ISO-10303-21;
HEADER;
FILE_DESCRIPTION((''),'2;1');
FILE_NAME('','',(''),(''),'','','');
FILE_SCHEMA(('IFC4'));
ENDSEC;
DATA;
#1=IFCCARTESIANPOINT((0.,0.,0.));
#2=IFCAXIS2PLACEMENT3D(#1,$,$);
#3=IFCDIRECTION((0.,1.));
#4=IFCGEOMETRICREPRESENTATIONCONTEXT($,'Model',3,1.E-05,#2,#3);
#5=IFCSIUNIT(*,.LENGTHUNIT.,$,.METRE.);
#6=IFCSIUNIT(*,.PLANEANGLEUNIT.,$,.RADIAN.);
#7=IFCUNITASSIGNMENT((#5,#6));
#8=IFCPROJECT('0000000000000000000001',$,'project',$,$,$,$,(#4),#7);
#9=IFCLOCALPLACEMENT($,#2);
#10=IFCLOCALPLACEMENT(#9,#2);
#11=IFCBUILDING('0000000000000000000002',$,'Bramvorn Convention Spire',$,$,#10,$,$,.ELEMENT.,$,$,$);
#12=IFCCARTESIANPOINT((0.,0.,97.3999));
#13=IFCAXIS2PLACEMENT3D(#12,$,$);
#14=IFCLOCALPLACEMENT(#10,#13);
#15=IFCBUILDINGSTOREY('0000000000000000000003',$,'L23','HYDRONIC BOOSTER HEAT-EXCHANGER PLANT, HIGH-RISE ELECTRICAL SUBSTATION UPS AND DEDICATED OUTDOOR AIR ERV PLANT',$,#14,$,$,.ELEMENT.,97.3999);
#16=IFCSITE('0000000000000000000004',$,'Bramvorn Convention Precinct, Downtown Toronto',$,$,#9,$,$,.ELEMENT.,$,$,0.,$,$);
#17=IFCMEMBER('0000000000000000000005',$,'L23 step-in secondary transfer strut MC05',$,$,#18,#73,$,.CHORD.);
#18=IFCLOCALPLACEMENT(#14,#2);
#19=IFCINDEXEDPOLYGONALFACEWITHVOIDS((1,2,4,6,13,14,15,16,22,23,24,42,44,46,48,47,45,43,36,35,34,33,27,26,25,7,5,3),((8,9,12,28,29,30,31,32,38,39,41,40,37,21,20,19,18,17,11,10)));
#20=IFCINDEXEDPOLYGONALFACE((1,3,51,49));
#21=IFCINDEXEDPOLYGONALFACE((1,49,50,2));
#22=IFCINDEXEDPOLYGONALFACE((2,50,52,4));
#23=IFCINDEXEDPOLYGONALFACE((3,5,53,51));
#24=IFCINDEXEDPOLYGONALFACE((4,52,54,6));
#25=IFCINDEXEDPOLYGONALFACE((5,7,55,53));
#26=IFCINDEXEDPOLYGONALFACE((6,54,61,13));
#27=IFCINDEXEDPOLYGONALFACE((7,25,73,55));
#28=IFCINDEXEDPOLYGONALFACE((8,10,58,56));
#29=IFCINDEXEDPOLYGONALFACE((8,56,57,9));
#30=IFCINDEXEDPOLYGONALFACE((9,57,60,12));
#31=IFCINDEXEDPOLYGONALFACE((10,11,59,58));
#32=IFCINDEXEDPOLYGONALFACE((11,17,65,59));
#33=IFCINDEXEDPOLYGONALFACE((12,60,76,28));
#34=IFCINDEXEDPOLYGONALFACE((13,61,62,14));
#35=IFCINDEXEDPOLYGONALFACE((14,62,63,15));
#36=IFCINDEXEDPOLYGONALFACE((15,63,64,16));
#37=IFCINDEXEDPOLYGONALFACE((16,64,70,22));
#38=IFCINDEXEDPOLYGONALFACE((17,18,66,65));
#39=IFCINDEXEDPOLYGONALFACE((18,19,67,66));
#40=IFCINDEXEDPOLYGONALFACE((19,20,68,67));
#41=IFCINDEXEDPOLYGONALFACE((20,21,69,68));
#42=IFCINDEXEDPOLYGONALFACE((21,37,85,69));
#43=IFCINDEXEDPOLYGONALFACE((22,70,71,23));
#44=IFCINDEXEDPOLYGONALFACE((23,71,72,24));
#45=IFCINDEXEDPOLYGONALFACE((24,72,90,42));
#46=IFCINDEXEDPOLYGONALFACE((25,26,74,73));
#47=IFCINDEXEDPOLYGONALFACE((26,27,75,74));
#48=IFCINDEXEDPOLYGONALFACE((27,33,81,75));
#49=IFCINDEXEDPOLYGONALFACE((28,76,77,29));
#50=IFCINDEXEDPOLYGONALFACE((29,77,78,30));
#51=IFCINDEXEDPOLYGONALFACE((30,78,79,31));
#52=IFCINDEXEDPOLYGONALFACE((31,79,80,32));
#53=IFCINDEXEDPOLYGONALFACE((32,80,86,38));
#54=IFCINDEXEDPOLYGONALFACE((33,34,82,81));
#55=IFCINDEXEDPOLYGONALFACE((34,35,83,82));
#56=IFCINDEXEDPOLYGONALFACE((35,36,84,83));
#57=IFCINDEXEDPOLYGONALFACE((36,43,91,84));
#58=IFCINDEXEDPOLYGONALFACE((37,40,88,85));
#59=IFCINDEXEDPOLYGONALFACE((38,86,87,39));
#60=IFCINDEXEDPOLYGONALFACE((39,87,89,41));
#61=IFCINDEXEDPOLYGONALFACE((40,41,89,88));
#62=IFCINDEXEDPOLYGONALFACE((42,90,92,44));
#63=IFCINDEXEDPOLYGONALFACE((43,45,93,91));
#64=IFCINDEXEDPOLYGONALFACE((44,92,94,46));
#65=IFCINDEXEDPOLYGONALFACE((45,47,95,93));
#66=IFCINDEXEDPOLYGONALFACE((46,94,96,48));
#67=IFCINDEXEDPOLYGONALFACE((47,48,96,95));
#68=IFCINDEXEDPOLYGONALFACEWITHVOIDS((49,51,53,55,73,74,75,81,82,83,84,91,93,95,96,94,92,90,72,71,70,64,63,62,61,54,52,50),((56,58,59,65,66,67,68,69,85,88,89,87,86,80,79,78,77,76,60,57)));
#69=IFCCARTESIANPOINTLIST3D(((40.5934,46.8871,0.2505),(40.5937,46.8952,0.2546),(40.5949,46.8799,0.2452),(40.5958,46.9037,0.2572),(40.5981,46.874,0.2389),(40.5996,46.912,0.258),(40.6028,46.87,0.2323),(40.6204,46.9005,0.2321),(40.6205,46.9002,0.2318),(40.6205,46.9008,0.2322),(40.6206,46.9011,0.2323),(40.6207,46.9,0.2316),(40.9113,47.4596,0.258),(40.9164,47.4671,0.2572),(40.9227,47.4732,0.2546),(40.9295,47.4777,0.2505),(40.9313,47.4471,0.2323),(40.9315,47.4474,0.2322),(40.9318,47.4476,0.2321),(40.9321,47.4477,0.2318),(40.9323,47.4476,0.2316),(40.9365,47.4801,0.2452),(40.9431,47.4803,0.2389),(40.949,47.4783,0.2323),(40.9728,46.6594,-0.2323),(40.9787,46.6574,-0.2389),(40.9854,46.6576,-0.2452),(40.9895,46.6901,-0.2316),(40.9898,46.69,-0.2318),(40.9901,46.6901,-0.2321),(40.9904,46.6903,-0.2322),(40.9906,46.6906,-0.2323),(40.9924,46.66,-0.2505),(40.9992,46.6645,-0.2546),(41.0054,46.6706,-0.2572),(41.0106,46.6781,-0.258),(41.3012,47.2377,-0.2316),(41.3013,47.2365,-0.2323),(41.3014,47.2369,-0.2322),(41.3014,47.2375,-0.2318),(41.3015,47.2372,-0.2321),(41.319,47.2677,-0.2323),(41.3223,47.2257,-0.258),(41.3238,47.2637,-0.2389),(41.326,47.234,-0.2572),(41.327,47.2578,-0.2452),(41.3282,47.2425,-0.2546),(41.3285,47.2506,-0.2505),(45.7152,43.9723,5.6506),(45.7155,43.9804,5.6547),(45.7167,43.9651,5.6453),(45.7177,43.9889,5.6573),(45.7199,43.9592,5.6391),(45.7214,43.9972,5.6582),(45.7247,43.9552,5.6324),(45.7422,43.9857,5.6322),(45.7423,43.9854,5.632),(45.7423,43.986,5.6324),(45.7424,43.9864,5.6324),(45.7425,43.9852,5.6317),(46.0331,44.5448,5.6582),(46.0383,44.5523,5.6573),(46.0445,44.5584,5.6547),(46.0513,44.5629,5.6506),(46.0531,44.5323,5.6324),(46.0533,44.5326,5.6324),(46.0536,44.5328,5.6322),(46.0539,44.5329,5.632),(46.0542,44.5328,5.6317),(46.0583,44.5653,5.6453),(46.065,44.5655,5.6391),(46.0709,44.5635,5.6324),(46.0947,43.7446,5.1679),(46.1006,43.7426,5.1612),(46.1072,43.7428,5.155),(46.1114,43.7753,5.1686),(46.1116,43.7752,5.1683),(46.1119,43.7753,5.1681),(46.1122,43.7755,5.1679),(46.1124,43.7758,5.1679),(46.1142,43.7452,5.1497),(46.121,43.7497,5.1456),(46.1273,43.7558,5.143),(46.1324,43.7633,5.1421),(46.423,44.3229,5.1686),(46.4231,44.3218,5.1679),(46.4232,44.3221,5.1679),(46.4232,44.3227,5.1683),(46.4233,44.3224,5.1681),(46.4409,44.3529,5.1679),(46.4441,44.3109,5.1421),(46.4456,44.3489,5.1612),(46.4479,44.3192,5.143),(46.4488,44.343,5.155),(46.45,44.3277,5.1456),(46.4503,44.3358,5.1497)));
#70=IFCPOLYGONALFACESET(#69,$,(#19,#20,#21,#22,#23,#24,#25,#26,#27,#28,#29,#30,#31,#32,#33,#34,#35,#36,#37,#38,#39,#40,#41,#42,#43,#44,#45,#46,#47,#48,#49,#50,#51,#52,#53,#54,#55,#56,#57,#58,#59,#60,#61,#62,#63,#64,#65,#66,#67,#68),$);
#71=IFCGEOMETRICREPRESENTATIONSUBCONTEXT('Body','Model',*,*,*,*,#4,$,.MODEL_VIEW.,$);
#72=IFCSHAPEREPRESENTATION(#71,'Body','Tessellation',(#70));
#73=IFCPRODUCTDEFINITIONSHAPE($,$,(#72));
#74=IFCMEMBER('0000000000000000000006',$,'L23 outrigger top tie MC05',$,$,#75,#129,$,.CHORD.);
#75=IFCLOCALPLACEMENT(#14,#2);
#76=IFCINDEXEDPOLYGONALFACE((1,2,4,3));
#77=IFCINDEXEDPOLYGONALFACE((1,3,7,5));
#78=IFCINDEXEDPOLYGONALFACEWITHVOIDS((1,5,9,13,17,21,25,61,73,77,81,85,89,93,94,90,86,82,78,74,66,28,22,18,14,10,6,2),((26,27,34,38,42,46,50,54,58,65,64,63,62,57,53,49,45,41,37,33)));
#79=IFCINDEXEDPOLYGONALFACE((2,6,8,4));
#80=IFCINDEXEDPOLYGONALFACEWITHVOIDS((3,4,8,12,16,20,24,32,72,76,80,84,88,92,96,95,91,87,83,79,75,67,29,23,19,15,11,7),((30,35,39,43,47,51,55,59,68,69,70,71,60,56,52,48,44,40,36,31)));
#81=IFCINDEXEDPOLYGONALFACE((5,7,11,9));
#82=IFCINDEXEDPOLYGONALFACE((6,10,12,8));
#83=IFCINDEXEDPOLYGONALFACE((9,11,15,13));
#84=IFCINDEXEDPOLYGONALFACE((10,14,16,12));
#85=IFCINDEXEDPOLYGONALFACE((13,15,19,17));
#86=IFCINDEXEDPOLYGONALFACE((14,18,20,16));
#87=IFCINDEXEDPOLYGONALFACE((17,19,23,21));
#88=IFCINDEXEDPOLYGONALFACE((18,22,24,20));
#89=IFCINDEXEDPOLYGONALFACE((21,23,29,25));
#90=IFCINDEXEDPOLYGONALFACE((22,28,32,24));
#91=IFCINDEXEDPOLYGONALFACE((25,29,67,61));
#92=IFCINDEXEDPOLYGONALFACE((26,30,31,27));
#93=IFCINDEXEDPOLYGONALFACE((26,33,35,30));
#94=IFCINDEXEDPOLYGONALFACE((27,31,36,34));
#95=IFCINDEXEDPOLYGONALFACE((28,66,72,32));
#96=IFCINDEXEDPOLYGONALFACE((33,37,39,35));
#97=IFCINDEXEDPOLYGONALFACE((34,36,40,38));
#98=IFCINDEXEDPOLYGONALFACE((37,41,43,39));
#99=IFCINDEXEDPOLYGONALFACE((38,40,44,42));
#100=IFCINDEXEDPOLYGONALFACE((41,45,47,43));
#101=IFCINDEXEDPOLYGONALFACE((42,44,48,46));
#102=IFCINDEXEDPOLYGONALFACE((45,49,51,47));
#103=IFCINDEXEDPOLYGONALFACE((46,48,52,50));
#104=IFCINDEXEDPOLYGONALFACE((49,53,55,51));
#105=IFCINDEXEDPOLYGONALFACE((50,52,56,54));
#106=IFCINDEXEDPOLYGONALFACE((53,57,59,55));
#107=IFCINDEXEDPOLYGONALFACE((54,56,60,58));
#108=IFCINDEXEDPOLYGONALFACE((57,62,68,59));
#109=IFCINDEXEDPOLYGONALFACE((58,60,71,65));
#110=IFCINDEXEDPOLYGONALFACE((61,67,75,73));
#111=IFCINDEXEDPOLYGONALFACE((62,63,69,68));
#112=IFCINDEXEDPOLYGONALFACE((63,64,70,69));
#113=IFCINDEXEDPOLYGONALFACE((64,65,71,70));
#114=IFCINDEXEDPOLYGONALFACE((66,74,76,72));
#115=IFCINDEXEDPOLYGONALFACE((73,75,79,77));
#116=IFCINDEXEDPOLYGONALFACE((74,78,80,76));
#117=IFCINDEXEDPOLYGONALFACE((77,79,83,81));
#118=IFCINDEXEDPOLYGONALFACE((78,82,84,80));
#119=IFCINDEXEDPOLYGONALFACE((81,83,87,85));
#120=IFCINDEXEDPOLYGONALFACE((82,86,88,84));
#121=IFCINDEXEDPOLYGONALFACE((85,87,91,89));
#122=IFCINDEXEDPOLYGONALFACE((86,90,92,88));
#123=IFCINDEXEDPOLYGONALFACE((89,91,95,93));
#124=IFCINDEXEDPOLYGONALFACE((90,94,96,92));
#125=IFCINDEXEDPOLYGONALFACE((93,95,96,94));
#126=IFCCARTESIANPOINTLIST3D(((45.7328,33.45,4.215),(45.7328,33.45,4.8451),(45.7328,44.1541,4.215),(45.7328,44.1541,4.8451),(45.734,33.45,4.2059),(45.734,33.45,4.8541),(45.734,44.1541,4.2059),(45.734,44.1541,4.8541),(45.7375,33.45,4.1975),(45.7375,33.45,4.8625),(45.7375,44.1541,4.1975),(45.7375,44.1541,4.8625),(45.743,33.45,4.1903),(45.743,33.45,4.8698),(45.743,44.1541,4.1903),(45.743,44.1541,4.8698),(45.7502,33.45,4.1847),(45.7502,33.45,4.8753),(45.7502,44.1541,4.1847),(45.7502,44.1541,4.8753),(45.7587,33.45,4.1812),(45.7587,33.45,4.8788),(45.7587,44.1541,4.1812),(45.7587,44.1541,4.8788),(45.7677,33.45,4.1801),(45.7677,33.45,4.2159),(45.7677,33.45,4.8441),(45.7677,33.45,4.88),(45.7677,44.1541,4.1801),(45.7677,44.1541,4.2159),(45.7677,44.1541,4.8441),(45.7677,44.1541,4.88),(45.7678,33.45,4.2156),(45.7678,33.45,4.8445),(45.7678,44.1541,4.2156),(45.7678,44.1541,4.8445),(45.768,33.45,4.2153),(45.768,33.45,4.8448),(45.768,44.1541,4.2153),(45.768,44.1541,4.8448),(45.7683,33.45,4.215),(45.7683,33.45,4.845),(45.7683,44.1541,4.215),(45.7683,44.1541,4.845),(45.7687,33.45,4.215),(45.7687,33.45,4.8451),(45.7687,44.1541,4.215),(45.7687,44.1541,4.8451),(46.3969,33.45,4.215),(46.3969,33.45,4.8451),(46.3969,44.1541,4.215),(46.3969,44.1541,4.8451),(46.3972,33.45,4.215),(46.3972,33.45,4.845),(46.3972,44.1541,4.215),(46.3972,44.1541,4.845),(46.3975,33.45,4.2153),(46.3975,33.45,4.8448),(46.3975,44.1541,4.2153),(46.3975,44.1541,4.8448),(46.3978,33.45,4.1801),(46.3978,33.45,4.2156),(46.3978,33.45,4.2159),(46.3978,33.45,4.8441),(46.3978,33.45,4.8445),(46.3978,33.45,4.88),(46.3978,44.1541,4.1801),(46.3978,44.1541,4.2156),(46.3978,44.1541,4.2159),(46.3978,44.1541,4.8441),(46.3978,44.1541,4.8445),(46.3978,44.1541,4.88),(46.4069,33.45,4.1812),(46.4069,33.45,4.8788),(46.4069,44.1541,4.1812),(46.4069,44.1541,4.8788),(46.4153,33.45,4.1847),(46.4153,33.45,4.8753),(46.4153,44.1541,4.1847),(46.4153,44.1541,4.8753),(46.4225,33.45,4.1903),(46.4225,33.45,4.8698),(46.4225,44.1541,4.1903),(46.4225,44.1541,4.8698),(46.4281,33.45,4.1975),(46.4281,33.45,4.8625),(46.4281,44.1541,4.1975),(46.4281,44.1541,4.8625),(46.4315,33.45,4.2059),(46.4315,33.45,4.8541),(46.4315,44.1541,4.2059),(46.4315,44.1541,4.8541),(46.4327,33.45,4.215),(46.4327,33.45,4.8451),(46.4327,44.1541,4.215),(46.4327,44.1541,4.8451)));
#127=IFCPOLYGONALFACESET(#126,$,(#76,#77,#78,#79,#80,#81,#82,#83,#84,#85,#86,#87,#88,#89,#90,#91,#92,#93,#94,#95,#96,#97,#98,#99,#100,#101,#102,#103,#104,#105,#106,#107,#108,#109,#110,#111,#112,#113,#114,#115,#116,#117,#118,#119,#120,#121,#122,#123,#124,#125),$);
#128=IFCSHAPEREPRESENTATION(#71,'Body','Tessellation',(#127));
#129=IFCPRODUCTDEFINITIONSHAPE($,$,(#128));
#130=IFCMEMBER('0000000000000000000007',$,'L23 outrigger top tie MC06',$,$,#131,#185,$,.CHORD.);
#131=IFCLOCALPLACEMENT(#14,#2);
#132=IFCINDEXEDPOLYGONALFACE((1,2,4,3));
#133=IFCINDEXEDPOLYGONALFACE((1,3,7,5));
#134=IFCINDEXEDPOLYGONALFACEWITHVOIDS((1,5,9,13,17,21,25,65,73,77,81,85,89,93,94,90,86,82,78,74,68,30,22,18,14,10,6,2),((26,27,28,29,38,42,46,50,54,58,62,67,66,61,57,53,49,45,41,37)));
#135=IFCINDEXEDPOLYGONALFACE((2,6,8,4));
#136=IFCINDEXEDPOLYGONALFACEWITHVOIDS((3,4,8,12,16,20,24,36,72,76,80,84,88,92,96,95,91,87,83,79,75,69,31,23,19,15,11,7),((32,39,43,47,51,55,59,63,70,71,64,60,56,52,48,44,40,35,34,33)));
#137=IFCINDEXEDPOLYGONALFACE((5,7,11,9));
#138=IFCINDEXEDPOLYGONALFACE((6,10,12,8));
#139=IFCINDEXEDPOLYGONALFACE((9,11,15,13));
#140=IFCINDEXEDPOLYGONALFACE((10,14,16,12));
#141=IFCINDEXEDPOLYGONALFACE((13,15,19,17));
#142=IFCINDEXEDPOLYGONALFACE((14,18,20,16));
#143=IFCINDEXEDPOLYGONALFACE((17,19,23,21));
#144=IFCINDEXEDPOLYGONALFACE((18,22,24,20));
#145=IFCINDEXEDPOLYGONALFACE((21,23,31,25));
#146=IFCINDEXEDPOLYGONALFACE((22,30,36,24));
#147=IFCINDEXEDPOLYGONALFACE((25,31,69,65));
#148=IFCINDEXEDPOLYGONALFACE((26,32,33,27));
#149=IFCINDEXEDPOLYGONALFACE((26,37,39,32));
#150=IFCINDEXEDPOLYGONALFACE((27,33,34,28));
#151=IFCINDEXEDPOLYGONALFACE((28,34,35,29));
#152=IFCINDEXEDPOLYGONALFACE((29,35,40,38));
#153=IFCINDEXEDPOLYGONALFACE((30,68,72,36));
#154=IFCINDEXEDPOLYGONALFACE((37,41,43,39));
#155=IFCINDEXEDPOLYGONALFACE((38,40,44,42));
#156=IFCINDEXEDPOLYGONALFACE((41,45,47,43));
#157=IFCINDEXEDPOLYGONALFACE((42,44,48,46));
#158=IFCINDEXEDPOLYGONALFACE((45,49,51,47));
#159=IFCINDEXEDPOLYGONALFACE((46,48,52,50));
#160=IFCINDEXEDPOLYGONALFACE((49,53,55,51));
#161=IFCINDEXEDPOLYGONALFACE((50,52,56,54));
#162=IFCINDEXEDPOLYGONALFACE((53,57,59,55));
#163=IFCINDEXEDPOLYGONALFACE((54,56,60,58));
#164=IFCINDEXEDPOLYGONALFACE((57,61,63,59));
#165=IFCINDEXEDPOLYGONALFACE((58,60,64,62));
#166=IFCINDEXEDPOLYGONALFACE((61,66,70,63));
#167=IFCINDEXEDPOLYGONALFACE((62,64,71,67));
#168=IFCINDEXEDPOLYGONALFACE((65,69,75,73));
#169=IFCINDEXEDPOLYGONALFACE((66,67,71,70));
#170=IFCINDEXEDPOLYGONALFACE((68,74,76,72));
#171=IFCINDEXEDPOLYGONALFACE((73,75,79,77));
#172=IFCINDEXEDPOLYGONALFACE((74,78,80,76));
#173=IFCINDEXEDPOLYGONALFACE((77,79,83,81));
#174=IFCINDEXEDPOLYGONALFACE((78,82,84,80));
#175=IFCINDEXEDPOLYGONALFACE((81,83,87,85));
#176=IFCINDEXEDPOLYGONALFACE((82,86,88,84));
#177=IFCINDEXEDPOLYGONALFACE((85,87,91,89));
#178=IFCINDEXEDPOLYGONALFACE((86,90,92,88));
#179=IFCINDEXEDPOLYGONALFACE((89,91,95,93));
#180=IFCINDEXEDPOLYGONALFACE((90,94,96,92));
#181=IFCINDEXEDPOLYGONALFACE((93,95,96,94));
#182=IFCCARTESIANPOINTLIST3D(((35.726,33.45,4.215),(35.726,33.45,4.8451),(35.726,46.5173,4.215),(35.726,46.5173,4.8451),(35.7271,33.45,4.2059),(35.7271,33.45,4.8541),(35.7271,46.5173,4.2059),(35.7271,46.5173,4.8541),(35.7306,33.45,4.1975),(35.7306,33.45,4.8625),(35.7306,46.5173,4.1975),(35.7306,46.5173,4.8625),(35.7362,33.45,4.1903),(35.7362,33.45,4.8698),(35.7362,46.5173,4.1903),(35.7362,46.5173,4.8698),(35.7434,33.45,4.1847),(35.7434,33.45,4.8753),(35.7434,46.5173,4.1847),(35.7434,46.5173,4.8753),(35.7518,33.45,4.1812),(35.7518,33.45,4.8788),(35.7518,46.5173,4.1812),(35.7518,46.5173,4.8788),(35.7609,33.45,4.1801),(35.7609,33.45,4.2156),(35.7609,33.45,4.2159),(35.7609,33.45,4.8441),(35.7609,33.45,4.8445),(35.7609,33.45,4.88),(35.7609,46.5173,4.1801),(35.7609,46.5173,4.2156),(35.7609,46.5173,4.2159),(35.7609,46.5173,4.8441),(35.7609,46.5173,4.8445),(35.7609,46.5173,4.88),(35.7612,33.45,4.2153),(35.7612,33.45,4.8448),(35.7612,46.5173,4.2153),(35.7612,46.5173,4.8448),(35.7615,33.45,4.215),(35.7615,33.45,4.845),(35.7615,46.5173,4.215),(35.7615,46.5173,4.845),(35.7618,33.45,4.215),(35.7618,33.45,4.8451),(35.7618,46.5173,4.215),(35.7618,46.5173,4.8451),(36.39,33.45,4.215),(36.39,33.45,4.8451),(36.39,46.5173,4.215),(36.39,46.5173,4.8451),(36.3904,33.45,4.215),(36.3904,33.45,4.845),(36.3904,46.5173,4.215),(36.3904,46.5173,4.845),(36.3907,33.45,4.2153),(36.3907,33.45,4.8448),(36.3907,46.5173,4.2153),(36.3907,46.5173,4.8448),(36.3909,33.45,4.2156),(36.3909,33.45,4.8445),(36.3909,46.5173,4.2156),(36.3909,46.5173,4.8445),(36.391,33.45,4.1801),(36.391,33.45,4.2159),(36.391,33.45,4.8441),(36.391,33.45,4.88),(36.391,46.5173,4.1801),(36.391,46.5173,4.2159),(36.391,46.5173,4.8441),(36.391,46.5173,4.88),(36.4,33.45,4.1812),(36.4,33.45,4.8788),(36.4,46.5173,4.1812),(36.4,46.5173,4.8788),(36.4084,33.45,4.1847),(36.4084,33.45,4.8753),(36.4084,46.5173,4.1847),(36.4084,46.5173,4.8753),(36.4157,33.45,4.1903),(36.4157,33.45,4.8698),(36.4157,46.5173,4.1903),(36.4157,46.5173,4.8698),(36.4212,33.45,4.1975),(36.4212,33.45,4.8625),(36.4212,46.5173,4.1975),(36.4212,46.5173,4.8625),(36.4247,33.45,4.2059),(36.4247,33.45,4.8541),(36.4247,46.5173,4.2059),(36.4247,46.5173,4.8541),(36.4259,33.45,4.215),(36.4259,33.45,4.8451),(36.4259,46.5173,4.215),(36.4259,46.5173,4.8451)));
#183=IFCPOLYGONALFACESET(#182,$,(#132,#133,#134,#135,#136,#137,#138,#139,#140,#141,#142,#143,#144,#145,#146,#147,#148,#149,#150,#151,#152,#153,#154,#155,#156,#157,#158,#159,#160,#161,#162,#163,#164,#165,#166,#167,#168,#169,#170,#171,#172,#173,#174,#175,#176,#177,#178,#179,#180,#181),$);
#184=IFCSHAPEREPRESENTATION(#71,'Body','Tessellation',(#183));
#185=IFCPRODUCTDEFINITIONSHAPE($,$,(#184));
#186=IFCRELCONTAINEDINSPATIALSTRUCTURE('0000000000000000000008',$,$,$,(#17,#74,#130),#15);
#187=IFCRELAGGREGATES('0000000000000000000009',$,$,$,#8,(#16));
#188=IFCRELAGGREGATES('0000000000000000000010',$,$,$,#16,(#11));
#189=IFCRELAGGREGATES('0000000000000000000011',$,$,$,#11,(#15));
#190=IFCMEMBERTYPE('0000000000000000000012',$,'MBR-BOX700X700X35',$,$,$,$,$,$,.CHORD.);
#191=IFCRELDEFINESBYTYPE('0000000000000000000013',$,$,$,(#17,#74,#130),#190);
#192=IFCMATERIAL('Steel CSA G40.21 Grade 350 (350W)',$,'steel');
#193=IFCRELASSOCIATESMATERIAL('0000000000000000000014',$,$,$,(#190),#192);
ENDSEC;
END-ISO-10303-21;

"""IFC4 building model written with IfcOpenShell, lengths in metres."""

from ifc_helpers import new_model, si_unit, direction, frame, origin, origin_2d, place, context, subcontext, project, spatial, hollow_rectangle, extrude, material, material_profile, profile_set, type_object, element, save


model = new_model("IFC4")

# Units and contexts
model_context = context("Model", 3, precision=1e-05, world=origin(), true_north=direction((0.0, 1.0)))
body_context = subcontext(model_context, "Body", "Model", "MODEL_VIEW")
ifc_project = project(units=[si_unit("LENGTHUNIT", "METRE"), si_unit("PLANEANGLEUNIT", "RADIAN")], contexts=[model_context])

# Site, building, storey
site_placement = place(None, origin())
site = spatial("IfcSite", under=ifc_project, at=site_placement, Name="Bramvorn Convention Precinct, Downtown Toronto", CompositionType="ELEMENT", RefElevation=0.0)
building_placement = place(site_placement, origin())
building = spatial("IfcBuilding", under=site, at=building_placement, Name="Bramvorn Convention Spire", CompositionType="ELEMENT")
storey_placement = place(building_placement, frame((0.0, 0.0, 97.3999)))
storey = spatial("IfcBuildingStorey", under=building, at=storey_placement, Name="L23", Description="HYDRONIC BOOSTER HEAT-EXCHANGER PLANT, HIGH-RISE ELECTRICAL SUBSTATION UPS AND DEDICATED OUTDOOR AIR ERV PLANT", CompositionType="ELEMENT", Elevation=97.3999)

# Shared definitions
ifc_material_1 = material(Name="Steel CSA G40.21 Grade 350 (350W)", Category="steel")

# Members
ifc_material_profile_1 = material_profile(ifc_material_1, hollow_rectangle(XDim=0.7, YDim=0.7, WallThickness=0.0349, InnerFilletRadius=0.001, OuterFilletRadius=0.0349, at=origin_2d()))
ifc_profile_set_1 = profile_set([ifc_material_profile_1], Name="Steel CSA G40.21 Grade 350 (350W) - BOX700X700X35")
member_type_1 = type_object("IfcMemberType", Name="MBR-BOX700X700X35", PredefinedType="CHORD", material=ifc_profile_set_1)
member_1_placement = place(storey_placement, frame((40.9609, 47.0688, 0.0), z_axis=(0.640776, -0.364661, 0.675595), x_axis=(0.494608, 0.869116, 0.0)))
element("IfcMember", 1, at=member_1_placement, inside=storey, type_object=member_type_1, Name="L23 step-in secondary transfer strut MC05", PredefinedType="CHORD", context=body_context, shape_type="SweptSolid", body=[
    extrude(hollow_rectangle(XDim=0.7, YDim=0.7, WallThickness=0.0349, InnerFilletRadius=0.001, OuterFilletRadius=0.0349, at=origin_2d()), origin(), (0.0, 0.0, 1.0), 7.9932),
])
member_2_placement = place(storey_placement, frame((46.0828, 33.45, 4.53), z_axis=(0.0, 1.0, 0.0), x_axis=(-1.0, 0.0, 0.0)))
element("IfcMember", 2, at=member_2_placement, inside=storey, type_object=member_type_1, Name="L23 outrigger top tie MC05", PredefinedType="CHORD", context=body_context, shape_type="SweptSolid", body=[
    extrude(hollow_rectangle(XDim=0.7, YDim=0.7, WallThickness=0.0349, InnerFilletRadius=0.001, OuterFilletRadius=0.0349, at=origin_2d()), origin(), (0.0, 0.0, 1.0), 10.7041),
])
member_3_placement = place(storey_placement, frame((36.0759, 33.45, 4.53), z_axis=(0.0, 1.0, 0.0), x_axis=(-1.0, 0.0, 0.0)))
element("IfcMember", 3, at=member_3_placement, inside=storey, type_object=member_type_1, Name="L23 outrigger top tie MC06", PredefinedType="CHORD", context=body_context, shape_type="SweptSolid", body=[
    extrude(hollow_rectangle(XDim=0.7, YDim=0.7, WallThickness=0.0349, InnerFilletRadius=0.001, OuterFilletRadius=0.0349, at=origin_2d()), origin(), (0.0, 0.0, 1.0), 13.0674),
])

save(model, "model.ifc")
